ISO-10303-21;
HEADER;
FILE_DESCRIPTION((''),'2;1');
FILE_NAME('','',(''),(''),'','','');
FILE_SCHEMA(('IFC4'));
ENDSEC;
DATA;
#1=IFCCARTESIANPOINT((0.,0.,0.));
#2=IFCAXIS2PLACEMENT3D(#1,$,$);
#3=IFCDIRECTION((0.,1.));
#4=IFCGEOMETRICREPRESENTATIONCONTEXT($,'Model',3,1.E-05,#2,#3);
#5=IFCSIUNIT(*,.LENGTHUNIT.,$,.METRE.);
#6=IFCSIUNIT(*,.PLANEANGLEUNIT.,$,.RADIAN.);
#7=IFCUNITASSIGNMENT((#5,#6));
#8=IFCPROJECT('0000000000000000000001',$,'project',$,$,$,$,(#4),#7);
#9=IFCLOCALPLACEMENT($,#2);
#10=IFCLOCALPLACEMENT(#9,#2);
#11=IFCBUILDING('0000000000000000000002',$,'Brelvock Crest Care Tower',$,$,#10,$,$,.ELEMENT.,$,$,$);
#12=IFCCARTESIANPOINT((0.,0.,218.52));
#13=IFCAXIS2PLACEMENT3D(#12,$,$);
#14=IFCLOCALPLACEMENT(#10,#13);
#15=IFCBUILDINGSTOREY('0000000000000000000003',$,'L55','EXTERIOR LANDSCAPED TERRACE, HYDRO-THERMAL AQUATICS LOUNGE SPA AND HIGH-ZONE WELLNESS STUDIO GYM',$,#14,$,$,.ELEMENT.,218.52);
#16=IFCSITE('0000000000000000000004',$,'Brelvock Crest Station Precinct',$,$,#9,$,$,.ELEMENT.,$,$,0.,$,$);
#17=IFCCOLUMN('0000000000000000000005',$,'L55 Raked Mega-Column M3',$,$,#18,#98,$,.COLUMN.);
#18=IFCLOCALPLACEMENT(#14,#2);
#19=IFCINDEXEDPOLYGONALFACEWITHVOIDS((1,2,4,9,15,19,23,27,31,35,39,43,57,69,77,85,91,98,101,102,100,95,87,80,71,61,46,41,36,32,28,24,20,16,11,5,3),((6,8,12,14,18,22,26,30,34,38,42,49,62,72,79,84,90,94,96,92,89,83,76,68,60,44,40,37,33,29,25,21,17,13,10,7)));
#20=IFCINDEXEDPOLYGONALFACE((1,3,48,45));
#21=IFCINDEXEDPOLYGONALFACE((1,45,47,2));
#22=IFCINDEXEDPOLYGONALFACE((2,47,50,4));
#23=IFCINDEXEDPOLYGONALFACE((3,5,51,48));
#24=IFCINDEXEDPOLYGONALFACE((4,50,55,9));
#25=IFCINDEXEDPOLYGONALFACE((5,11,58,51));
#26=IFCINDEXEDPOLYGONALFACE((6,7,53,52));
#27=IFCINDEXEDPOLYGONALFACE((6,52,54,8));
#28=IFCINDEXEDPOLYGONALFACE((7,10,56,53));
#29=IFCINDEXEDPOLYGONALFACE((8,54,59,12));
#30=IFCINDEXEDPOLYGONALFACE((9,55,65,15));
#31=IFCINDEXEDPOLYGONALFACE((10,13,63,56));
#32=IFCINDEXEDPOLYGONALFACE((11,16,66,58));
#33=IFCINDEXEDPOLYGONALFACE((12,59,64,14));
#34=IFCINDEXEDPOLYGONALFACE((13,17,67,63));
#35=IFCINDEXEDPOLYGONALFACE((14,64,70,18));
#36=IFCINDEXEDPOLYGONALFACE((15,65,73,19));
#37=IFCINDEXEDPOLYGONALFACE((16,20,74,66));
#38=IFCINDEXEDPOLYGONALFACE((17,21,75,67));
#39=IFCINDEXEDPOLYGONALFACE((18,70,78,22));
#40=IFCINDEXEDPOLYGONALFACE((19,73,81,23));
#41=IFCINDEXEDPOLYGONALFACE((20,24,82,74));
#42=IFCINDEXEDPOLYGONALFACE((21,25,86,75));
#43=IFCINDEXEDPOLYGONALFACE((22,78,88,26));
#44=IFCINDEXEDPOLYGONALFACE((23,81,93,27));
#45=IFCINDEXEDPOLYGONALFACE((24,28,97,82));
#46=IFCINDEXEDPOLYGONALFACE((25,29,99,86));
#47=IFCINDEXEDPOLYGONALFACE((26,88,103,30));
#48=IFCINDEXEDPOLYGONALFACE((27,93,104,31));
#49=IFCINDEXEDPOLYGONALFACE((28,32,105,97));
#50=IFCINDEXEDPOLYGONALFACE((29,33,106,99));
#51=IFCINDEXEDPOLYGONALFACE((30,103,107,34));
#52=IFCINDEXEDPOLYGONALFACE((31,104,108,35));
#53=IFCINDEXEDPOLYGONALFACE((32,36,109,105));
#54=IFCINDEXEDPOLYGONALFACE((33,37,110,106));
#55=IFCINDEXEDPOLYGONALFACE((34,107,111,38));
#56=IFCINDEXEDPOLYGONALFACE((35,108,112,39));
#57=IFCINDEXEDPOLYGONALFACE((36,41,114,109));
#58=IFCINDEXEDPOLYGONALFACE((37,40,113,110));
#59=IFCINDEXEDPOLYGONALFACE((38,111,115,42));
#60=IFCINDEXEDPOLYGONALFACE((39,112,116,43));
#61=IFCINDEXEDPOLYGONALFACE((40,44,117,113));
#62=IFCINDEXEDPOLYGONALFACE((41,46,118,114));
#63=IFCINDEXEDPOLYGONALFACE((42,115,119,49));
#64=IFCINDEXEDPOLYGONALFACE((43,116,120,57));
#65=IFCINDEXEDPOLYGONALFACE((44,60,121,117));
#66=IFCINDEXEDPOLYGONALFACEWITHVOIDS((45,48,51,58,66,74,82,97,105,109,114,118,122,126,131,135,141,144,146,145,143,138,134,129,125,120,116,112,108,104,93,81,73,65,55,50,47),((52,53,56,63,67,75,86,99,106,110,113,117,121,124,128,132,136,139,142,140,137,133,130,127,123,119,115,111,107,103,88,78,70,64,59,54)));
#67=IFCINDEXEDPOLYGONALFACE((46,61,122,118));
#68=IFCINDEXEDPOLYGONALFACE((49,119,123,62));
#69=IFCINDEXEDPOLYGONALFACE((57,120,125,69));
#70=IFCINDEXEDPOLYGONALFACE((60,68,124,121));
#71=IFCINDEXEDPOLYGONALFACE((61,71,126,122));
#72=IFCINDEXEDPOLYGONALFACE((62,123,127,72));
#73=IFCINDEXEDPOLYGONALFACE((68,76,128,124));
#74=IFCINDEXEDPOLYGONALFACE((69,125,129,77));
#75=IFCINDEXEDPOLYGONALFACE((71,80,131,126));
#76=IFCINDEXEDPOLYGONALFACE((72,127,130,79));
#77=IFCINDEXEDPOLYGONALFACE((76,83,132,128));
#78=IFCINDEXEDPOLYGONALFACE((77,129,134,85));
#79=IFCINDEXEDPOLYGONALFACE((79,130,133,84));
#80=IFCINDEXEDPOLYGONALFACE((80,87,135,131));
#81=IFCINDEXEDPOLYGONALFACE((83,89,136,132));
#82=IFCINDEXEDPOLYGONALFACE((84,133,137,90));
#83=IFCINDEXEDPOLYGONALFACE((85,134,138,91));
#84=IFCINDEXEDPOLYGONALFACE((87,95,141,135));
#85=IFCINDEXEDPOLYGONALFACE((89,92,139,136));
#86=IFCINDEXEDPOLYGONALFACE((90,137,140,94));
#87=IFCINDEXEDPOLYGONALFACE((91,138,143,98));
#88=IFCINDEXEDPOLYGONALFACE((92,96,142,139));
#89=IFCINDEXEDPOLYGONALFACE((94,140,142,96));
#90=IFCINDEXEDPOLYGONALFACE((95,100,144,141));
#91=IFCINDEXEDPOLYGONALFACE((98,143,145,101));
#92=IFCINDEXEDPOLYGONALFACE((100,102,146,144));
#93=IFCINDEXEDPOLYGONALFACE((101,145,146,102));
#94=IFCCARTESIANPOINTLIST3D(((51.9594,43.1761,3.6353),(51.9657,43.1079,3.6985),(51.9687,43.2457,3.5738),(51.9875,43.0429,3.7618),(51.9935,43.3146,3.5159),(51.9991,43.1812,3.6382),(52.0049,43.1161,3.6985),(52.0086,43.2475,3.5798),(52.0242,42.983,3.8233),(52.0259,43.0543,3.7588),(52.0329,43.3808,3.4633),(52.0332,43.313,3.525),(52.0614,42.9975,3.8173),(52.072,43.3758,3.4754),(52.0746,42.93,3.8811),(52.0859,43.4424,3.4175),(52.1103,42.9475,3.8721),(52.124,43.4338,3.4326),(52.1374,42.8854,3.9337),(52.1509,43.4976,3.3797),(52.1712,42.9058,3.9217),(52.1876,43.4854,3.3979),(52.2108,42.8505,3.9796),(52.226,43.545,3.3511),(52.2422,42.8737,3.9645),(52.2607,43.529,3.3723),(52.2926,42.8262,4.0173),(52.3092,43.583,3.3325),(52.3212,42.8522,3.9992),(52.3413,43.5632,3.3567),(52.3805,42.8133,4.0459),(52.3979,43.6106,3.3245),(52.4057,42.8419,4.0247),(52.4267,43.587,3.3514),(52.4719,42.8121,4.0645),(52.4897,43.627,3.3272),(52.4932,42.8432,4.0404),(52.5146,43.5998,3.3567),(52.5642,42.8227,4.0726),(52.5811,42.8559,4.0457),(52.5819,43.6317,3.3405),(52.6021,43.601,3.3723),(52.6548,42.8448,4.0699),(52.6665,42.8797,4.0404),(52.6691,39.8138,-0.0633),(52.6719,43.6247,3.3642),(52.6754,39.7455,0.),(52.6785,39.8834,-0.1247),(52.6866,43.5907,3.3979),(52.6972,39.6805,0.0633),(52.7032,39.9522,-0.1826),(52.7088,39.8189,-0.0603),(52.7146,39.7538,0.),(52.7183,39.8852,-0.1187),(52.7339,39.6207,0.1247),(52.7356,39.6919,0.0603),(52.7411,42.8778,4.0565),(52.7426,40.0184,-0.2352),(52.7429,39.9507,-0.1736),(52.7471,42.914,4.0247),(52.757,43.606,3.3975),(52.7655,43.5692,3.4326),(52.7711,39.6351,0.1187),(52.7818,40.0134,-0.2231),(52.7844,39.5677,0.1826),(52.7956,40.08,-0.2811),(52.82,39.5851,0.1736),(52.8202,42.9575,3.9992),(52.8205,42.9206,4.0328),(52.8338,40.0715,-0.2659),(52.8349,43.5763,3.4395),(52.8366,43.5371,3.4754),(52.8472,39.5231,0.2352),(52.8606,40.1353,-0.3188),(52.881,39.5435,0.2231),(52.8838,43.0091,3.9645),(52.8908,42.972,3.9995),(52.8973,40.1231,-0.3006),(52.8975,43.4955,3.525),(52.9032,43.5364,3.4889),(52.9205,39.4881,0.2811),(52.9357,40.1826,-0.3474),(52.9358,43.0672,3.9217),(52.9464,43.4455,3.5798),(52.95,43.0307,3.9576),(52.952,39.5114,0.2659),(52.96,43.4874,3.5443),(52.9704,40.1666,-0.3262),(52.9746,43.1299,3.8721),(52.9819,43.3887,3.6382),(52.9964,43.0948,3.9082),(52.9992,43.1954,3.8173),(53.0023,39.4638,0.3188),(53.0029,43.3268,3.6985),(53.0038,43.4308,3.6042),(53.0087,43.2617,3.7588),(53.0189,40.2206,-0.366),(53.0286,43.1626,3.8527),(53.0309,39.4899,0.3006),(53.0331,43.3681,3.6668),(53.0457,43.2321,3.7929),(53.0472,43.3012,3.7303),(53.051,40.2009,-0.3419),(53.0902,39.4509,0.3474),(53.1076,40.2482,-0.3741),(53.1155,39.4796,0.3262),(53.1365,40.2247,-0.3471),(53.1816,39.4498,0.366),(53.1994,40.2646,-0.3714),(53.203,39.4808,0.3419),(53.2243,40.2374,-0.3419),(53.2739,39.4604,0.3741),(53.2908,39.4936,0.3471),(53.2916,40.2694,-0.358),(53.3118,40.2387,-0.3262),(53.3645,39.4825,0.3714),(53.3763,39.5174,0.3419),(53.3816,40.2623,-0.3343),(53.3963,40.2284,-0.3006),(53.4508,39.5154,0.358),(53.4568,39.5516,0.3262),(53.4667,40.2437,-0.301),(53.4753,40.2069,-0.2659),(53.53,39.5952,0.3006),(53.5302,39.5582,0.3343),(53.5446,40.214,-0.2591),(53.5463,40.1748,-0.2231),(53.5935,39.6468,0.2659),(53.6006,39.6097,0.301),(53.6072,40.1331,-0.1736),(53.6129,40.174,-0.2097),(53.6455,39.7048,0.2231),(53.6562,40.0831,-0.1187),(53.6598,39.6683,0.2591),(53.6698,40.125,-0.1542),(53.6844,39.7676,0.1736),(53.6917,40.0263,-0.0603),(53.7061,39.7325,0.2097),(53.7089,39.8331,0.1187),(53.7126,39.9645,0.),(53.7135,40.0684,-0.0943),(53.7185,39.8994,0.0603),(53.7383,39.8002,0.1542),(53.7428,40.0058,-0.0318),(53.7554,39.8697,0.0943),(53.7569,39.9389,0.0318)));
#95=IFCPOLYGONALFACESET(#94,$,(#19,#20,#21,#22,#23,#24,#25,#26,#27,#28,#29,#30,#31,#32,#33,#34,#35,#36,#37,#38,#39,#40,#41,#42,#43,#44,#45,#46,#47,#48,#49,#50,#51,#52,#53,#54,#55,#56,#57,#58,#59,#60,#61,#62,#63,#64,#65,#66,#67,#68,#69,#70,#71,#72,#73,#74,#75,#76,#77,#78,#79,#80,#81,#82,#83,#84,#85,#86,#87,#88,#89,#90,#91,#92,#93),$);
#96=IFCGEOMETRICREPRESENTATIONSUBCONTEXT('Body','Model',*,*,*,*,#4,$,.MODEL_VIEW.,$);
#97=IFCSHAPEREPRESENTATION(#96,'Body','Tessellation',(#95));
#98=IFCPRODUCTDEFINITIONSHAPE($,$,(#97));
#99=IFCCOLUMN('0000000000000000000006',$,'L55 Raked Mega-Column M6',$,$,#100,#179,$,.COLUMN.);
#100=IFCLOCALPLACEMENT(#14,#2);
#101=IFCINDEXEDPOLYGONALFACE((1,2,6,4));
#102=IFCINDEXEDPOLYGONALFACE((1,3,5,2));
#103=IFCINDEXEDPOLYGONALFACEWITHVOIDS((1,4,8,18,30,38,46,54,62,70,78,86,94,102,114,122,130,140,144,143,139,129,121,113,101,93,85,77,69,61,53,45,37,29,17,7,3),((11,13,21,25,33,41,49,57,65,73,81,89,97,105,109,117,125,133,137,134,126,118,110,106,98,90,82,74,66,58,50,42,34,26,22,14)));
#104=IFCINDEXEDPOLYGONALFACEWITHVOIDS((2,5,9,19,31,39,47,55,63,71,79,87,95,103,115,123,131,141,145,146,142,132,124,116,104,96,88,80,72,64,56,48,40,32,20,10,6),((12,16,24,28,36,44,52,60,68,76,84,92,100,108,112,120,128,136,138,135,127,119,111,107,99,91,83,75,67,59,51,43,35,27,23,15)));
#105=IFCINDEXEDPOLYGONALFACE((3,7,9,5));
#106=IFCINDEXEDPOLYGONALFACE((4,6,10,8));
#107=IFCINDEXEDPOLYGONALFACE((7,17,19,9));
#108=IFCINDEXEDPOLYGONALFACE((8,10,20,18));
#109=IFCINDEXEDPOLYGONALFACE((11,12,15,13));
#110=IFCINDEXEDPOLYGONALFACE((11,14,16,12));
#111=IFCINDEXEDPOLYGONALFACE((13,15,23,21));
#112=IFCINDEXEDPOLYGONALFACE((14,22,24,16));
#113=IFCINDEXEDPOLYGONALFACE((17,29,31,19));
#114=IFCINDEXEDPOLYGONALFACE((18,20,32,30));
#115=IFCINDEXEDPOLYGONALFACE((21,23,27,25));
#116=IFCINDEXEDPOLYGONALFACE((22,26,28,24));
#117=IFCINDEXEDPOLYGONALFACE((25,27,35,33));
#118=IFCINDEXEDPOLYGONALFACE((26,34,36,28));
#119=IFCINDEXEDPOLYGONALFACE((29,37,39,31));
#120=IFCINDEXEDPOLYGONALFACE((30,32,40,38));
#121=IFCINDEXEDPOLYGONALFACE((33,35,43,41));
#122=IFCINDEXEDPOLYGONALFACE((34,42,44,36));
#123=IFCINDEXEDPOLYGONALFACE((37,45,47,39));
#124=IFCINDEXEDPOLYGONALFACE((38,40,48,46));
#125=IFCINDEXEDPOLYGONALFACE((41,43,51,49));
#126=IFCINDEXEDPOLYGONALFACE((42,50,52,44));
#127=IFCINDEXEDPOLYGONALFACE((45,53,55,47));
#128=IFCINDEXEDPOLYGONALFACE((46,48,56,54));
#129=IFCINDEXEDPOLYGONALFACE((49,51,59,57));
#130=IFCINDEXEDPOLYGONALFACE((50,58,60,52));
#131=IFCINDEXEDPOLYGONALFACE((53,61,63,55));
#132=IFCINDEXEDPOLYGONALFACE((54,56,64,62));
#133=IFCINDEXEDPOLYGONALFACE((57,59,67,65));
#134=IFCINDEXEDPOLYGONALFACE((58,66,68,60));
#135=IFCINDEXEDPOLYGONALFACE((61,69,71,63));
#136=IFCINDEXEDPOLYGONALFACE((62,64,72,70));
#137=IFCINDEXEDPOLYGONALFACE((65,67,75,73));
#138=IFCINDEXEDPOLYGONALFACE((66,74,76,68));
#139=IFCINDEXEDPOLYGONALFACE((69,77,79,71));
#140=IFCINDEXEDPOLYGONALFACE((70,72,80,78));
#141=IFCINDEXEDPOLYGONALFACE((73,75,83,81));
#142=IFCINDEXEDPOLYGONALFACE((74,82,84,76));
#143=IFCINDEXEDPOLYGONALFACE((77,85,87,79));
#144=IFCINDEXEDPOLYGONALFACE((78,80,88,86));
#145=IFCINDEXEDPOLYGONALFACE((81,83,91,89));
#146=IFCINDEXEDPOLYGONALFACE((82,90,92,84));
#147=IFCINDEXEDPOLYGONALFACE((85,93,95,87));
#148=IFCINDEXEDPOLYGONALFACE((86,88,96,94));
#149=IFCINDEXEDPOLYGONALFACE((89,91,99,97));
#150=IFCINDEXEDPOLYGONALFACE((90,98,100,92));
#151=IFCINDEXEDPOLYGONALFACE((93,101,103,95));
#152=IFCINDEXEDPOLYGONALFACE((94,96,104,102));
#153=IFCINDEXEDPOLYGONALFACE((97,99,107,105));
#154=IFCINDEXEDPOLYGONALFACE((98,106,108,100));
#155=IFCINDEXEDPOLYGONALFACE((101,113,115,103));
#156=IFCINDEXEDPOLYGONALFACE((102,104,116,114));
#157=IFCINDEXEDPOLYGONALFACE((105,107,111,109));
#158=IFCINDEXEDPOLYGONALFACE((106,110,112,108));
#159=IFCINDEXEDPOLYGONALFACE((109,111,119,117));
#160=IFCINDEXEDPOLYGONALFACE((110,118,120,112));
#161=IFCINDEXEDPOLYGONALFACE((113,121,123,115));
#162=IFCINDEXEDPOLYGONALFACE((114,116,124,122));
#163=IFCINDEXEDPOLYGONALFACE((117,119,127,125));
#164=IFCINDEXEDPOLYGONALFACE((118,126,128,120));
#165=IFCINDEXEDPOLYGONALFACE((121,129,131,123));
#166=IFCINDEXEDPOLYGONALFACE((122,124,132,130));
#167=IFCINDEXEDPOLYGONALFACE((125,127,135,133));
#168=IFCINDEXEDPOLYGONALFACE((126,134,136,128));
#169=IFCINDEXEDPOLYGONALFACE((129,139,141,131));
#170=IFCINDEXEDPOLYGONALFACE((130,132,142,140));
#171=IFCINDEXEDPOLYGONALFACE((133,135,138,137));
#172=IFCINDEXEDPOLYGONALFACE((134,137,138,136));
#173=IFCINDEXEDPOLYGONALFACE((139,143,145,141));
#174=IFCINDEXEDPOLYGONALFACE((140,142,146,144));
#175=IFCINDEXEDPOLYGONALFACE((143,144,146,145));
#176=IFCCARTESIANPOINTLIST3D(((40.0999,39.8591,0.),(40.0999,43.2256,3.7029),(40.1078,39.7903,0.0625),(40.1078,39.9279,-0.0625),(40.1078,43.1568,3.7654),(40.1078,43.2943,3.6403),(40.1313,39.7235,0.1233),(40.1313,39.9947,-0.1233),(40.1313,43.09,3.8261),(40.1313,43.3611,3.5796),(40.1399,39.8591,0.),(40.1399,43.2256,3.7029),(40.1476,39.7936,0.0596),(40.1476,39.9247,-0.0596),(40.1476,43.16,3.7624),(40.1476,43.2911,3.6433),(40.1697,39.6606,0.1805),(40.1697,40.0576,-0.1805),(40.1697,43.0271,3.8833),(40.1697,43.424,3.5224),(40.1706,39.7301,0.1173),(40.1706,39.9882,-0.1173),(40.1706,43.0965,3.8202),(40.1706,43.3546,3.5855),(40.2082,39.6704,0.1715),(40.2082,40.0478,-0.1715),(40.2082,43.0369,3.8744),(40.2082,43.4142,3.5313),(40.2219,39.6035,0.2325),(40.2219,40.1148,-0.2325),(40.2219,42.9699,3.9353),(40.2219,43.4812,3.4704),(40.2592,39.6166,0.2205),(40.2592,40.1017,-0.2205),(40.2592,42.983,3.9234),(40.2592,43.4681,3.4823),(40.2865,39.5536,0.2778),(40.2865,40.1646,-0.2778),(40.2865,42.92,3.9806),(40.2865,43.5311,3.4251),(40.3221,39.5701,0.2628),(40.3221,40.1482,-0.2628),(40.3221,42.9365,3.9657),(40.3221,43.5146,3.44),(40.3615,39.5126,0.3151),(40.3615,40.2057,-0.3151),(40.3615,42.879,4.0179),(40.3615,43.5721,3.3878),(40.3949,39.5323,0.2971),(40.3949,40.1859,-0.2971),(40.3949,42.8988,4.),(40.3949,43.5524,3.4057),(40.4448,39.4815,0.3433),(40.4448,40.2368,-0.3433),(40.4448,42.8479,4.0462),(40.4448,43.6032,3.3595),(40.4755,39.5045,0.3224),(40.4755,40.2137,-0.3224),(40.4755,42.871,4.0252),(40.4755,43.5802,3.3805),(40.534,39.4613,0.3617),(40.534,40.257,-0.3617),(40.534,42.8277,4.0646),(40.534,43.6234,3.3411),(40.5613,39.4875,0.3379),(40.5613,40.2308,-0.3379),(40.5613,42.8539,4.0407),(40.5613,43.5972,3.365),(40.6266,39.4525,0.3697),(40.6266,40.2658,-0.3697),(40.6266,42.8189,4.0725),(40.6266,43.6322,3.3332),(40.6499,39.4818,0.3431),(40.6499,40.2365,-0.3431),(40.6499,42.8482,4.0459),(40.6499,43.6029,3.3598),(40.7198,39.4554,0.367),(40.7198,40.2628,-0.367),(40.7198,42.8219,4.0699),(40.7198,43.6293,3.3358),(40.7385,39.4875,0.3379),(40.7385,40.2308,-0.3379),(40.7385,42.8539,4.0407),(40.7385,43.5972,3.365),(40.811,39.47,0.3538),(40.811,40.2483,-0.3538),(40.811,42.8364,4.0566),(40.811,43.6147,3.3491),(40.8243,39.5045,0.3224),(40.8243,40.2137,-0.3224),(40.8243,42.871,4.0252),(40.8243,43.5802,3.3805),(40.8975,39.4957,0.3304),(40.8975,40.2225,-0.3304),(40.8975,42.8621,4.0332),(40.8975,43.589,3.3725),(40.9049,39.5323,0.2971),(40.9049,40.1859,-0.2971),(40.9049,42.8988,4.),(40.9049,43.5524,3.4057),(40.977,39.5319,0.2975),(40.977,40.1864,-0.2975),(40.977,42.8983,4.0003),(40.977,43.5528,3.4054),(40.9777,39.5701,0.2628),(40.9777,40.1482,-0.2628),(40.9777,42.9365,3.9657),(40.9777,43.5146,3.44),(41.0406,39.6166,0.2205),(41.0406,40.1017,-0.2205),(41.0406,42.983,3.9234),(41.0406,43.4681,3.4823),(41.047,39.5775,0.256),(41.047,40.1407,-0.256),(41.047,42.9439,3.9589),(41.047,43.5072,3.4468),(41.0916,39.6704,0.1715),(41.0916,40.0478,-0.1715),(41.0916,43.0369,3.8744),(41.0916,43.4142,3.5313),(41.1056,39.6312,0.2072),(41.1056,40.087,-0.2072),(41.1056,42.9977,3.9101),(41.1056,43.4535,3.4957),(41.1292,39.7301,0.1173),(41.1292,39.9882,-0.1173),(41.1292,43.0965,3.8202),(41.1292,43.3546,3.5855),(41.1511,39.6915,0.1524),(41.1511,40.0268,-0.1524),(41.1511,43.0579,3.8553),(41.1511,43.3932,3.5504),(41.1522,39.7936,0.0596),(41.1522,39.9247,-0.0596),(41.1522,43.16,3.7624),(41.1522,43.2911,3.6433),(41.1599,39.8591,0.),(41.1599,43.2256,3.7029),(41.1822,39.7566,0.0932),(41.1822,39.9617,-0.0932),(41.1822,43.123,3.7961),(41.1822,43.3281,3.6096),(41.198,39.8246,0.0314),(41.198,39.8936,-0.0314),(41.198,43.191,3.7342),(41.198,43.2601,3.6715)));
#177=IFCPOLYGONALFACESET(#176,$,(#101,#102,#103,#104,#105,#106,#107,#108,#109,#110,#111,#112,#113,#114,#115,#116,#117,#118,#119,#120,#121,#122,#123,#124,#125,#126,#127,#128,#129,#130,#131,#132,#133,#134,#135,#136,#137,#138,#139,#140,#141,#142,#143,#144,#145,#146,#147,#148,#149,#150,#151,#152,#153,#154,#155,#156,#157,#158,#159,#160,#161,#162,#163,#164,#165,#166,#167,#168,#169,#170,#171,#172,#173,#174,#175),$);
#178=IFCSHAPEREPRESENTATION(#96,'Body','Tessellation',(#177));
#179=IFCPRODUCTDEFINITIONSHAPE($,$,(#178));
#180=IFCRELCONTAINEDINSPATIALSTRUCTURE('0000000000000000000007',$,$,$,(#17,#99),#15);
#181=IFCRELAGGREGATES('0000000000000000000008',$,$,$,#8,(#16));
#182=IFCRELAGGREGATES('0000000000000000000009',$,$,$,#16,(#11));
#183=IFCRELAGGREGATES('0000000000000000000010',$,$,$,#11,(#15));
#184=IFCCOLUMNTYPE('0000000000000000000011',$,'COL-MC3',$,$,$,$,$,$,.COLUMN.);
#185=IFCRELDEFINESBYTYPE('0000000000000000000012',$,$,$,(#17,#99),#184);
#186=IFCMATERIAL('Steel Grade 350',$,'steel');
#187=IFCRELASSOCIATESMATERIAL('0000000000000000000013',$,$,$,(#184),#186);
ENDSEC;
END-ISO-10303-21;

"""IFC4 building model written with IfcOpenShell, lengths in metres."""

from ifc_helpers import new_model, si_unit, direction, frame, origin, origin_2d, place, context, subcontext, project, spatial, hollow_circle, extrude, source, transform, mapped, material, material_profile, profile_set, type_object, element, save


model = new_model("IFC4")

# Units and contexts
model_context = context("Model", 3, precision=1e-05, world=origin(), true_north=direction((0.0, 1.0)))
body_context = subcontext(model_context, "Body", "Model", "MODEL_VIEW")
ifc_project = project(units=[si_unit("LENGTHUNIT", "METRE"), si_unit("PLANEANGLEUNIT", "RADIAN")], contexts=[model_context])

# Site, building, storey
site_placement = place(None, origin())
site = spatial("IfcSite", under=ifc_project, at=site_placement, Name="Brelvock Crest Station Precinct", CompositionType="ELEMENT", RefElevation=0.0)
building_placement = place(site_placement, origin())
building = spatial("IfcBuilding", under=site, at=building_placement, Name="Brelvock Crest Care Tower", CompositionType="ELEMENT")
storey_placement = place(building_placement, frame((0.0, 0.0, 218.52)))
storey = spatial("IfcBuildingStorey", under=building, at=storey_placement, Name="L55", Description="EXTERIOR LANDSCAPED TERRACE, HYDRO-THERMAL AQUATICS LOUNGE SPA AND HIGH-ZONE WELLNESS STUDIO GYM", CompositionType="ELEMENT", Elevation=218.52)

# Columns
ifc_material_1 = material(Name="Steel Grade 350", Category="steel")
ifc_material_profile_1 = material_profile(ifc_material_1, hollow_circle(Radius=0.55, WallThickness=0.04, at=origin_2d()), Name="CFT1100x40")
ifc_profile_set_1 = profile_set([ifc_material_profile_1], Name="Steel Grade 350")
column_type = type_object("IfcColumnType", Name="COL-MC3", PredefinedType="COLUMN", material=ifc_profile_set_1)
shared_shape_1 = source(origin(), body_context, "Body", "SweptSolid", [
    extrude(hollow_circle(Radius=0.55, WallThickness=0.04, at=origin_2d()), origin(), (0.0, 0.0, 1.0), 5.0486),
])
column_1_placement = place(storey_placement, frame((53.2136, 39.8591, 0.0), z_axis=(-0.140579, 0.665998, 0.732588), x_axis=(-0.97844, -0.20653, 0.0)))
element("IfcColumn", 1, at=column_1_placement, inside=storey, type_object=column_type, Name="L55 Raked Mega-Column M3", PredefinedType="COLUMN", context=body_context, shape_type="MappedRepresentation", body=[
    mapped(shared_shape_1, transform((0.0, 0.0, 0.0), x_axis=(1.0, 0.0, 0.0), y_axis=(0.0, 1.0, 0.0), z_axis=(0.0, 0.0, 1.0), scale=1.0)),
])
shared_shape_2 = source(origin(), body_context, "Body", "SweptSolid", [
    extrude(hollow_circle(Radius=0.55, WallThickness=0.04, at=origin_2d()), origin(), (0.0, 0.0, 1.0), 5.0044),
])
column_2_placement = place(storey_placement, frame((40.6499, 39.8591, 0.0), z_axis=(0.0, 0.672695, 0.73992), x_axis=(-1.0, 0.0, 0.0)))
element("IfcColumn", 2, at=column_2_placement, inside=storey, type_object=column_type, Name="L55 Raked Mega-Column M6", PredefinedType="COLUMN", context=body_context, shape_type="MappedRepresentation", body=[
    mapped(shared_shape_2, transform((0.0, 0.0, 0.0), x_axis=(1.0, 0.0, 0.0), y_axis=(0.0, 1.0, 0.0), z_axis=(0.0, 0.0, 1.0), scale=1.0)),
])

save(model, "model.ifc")
